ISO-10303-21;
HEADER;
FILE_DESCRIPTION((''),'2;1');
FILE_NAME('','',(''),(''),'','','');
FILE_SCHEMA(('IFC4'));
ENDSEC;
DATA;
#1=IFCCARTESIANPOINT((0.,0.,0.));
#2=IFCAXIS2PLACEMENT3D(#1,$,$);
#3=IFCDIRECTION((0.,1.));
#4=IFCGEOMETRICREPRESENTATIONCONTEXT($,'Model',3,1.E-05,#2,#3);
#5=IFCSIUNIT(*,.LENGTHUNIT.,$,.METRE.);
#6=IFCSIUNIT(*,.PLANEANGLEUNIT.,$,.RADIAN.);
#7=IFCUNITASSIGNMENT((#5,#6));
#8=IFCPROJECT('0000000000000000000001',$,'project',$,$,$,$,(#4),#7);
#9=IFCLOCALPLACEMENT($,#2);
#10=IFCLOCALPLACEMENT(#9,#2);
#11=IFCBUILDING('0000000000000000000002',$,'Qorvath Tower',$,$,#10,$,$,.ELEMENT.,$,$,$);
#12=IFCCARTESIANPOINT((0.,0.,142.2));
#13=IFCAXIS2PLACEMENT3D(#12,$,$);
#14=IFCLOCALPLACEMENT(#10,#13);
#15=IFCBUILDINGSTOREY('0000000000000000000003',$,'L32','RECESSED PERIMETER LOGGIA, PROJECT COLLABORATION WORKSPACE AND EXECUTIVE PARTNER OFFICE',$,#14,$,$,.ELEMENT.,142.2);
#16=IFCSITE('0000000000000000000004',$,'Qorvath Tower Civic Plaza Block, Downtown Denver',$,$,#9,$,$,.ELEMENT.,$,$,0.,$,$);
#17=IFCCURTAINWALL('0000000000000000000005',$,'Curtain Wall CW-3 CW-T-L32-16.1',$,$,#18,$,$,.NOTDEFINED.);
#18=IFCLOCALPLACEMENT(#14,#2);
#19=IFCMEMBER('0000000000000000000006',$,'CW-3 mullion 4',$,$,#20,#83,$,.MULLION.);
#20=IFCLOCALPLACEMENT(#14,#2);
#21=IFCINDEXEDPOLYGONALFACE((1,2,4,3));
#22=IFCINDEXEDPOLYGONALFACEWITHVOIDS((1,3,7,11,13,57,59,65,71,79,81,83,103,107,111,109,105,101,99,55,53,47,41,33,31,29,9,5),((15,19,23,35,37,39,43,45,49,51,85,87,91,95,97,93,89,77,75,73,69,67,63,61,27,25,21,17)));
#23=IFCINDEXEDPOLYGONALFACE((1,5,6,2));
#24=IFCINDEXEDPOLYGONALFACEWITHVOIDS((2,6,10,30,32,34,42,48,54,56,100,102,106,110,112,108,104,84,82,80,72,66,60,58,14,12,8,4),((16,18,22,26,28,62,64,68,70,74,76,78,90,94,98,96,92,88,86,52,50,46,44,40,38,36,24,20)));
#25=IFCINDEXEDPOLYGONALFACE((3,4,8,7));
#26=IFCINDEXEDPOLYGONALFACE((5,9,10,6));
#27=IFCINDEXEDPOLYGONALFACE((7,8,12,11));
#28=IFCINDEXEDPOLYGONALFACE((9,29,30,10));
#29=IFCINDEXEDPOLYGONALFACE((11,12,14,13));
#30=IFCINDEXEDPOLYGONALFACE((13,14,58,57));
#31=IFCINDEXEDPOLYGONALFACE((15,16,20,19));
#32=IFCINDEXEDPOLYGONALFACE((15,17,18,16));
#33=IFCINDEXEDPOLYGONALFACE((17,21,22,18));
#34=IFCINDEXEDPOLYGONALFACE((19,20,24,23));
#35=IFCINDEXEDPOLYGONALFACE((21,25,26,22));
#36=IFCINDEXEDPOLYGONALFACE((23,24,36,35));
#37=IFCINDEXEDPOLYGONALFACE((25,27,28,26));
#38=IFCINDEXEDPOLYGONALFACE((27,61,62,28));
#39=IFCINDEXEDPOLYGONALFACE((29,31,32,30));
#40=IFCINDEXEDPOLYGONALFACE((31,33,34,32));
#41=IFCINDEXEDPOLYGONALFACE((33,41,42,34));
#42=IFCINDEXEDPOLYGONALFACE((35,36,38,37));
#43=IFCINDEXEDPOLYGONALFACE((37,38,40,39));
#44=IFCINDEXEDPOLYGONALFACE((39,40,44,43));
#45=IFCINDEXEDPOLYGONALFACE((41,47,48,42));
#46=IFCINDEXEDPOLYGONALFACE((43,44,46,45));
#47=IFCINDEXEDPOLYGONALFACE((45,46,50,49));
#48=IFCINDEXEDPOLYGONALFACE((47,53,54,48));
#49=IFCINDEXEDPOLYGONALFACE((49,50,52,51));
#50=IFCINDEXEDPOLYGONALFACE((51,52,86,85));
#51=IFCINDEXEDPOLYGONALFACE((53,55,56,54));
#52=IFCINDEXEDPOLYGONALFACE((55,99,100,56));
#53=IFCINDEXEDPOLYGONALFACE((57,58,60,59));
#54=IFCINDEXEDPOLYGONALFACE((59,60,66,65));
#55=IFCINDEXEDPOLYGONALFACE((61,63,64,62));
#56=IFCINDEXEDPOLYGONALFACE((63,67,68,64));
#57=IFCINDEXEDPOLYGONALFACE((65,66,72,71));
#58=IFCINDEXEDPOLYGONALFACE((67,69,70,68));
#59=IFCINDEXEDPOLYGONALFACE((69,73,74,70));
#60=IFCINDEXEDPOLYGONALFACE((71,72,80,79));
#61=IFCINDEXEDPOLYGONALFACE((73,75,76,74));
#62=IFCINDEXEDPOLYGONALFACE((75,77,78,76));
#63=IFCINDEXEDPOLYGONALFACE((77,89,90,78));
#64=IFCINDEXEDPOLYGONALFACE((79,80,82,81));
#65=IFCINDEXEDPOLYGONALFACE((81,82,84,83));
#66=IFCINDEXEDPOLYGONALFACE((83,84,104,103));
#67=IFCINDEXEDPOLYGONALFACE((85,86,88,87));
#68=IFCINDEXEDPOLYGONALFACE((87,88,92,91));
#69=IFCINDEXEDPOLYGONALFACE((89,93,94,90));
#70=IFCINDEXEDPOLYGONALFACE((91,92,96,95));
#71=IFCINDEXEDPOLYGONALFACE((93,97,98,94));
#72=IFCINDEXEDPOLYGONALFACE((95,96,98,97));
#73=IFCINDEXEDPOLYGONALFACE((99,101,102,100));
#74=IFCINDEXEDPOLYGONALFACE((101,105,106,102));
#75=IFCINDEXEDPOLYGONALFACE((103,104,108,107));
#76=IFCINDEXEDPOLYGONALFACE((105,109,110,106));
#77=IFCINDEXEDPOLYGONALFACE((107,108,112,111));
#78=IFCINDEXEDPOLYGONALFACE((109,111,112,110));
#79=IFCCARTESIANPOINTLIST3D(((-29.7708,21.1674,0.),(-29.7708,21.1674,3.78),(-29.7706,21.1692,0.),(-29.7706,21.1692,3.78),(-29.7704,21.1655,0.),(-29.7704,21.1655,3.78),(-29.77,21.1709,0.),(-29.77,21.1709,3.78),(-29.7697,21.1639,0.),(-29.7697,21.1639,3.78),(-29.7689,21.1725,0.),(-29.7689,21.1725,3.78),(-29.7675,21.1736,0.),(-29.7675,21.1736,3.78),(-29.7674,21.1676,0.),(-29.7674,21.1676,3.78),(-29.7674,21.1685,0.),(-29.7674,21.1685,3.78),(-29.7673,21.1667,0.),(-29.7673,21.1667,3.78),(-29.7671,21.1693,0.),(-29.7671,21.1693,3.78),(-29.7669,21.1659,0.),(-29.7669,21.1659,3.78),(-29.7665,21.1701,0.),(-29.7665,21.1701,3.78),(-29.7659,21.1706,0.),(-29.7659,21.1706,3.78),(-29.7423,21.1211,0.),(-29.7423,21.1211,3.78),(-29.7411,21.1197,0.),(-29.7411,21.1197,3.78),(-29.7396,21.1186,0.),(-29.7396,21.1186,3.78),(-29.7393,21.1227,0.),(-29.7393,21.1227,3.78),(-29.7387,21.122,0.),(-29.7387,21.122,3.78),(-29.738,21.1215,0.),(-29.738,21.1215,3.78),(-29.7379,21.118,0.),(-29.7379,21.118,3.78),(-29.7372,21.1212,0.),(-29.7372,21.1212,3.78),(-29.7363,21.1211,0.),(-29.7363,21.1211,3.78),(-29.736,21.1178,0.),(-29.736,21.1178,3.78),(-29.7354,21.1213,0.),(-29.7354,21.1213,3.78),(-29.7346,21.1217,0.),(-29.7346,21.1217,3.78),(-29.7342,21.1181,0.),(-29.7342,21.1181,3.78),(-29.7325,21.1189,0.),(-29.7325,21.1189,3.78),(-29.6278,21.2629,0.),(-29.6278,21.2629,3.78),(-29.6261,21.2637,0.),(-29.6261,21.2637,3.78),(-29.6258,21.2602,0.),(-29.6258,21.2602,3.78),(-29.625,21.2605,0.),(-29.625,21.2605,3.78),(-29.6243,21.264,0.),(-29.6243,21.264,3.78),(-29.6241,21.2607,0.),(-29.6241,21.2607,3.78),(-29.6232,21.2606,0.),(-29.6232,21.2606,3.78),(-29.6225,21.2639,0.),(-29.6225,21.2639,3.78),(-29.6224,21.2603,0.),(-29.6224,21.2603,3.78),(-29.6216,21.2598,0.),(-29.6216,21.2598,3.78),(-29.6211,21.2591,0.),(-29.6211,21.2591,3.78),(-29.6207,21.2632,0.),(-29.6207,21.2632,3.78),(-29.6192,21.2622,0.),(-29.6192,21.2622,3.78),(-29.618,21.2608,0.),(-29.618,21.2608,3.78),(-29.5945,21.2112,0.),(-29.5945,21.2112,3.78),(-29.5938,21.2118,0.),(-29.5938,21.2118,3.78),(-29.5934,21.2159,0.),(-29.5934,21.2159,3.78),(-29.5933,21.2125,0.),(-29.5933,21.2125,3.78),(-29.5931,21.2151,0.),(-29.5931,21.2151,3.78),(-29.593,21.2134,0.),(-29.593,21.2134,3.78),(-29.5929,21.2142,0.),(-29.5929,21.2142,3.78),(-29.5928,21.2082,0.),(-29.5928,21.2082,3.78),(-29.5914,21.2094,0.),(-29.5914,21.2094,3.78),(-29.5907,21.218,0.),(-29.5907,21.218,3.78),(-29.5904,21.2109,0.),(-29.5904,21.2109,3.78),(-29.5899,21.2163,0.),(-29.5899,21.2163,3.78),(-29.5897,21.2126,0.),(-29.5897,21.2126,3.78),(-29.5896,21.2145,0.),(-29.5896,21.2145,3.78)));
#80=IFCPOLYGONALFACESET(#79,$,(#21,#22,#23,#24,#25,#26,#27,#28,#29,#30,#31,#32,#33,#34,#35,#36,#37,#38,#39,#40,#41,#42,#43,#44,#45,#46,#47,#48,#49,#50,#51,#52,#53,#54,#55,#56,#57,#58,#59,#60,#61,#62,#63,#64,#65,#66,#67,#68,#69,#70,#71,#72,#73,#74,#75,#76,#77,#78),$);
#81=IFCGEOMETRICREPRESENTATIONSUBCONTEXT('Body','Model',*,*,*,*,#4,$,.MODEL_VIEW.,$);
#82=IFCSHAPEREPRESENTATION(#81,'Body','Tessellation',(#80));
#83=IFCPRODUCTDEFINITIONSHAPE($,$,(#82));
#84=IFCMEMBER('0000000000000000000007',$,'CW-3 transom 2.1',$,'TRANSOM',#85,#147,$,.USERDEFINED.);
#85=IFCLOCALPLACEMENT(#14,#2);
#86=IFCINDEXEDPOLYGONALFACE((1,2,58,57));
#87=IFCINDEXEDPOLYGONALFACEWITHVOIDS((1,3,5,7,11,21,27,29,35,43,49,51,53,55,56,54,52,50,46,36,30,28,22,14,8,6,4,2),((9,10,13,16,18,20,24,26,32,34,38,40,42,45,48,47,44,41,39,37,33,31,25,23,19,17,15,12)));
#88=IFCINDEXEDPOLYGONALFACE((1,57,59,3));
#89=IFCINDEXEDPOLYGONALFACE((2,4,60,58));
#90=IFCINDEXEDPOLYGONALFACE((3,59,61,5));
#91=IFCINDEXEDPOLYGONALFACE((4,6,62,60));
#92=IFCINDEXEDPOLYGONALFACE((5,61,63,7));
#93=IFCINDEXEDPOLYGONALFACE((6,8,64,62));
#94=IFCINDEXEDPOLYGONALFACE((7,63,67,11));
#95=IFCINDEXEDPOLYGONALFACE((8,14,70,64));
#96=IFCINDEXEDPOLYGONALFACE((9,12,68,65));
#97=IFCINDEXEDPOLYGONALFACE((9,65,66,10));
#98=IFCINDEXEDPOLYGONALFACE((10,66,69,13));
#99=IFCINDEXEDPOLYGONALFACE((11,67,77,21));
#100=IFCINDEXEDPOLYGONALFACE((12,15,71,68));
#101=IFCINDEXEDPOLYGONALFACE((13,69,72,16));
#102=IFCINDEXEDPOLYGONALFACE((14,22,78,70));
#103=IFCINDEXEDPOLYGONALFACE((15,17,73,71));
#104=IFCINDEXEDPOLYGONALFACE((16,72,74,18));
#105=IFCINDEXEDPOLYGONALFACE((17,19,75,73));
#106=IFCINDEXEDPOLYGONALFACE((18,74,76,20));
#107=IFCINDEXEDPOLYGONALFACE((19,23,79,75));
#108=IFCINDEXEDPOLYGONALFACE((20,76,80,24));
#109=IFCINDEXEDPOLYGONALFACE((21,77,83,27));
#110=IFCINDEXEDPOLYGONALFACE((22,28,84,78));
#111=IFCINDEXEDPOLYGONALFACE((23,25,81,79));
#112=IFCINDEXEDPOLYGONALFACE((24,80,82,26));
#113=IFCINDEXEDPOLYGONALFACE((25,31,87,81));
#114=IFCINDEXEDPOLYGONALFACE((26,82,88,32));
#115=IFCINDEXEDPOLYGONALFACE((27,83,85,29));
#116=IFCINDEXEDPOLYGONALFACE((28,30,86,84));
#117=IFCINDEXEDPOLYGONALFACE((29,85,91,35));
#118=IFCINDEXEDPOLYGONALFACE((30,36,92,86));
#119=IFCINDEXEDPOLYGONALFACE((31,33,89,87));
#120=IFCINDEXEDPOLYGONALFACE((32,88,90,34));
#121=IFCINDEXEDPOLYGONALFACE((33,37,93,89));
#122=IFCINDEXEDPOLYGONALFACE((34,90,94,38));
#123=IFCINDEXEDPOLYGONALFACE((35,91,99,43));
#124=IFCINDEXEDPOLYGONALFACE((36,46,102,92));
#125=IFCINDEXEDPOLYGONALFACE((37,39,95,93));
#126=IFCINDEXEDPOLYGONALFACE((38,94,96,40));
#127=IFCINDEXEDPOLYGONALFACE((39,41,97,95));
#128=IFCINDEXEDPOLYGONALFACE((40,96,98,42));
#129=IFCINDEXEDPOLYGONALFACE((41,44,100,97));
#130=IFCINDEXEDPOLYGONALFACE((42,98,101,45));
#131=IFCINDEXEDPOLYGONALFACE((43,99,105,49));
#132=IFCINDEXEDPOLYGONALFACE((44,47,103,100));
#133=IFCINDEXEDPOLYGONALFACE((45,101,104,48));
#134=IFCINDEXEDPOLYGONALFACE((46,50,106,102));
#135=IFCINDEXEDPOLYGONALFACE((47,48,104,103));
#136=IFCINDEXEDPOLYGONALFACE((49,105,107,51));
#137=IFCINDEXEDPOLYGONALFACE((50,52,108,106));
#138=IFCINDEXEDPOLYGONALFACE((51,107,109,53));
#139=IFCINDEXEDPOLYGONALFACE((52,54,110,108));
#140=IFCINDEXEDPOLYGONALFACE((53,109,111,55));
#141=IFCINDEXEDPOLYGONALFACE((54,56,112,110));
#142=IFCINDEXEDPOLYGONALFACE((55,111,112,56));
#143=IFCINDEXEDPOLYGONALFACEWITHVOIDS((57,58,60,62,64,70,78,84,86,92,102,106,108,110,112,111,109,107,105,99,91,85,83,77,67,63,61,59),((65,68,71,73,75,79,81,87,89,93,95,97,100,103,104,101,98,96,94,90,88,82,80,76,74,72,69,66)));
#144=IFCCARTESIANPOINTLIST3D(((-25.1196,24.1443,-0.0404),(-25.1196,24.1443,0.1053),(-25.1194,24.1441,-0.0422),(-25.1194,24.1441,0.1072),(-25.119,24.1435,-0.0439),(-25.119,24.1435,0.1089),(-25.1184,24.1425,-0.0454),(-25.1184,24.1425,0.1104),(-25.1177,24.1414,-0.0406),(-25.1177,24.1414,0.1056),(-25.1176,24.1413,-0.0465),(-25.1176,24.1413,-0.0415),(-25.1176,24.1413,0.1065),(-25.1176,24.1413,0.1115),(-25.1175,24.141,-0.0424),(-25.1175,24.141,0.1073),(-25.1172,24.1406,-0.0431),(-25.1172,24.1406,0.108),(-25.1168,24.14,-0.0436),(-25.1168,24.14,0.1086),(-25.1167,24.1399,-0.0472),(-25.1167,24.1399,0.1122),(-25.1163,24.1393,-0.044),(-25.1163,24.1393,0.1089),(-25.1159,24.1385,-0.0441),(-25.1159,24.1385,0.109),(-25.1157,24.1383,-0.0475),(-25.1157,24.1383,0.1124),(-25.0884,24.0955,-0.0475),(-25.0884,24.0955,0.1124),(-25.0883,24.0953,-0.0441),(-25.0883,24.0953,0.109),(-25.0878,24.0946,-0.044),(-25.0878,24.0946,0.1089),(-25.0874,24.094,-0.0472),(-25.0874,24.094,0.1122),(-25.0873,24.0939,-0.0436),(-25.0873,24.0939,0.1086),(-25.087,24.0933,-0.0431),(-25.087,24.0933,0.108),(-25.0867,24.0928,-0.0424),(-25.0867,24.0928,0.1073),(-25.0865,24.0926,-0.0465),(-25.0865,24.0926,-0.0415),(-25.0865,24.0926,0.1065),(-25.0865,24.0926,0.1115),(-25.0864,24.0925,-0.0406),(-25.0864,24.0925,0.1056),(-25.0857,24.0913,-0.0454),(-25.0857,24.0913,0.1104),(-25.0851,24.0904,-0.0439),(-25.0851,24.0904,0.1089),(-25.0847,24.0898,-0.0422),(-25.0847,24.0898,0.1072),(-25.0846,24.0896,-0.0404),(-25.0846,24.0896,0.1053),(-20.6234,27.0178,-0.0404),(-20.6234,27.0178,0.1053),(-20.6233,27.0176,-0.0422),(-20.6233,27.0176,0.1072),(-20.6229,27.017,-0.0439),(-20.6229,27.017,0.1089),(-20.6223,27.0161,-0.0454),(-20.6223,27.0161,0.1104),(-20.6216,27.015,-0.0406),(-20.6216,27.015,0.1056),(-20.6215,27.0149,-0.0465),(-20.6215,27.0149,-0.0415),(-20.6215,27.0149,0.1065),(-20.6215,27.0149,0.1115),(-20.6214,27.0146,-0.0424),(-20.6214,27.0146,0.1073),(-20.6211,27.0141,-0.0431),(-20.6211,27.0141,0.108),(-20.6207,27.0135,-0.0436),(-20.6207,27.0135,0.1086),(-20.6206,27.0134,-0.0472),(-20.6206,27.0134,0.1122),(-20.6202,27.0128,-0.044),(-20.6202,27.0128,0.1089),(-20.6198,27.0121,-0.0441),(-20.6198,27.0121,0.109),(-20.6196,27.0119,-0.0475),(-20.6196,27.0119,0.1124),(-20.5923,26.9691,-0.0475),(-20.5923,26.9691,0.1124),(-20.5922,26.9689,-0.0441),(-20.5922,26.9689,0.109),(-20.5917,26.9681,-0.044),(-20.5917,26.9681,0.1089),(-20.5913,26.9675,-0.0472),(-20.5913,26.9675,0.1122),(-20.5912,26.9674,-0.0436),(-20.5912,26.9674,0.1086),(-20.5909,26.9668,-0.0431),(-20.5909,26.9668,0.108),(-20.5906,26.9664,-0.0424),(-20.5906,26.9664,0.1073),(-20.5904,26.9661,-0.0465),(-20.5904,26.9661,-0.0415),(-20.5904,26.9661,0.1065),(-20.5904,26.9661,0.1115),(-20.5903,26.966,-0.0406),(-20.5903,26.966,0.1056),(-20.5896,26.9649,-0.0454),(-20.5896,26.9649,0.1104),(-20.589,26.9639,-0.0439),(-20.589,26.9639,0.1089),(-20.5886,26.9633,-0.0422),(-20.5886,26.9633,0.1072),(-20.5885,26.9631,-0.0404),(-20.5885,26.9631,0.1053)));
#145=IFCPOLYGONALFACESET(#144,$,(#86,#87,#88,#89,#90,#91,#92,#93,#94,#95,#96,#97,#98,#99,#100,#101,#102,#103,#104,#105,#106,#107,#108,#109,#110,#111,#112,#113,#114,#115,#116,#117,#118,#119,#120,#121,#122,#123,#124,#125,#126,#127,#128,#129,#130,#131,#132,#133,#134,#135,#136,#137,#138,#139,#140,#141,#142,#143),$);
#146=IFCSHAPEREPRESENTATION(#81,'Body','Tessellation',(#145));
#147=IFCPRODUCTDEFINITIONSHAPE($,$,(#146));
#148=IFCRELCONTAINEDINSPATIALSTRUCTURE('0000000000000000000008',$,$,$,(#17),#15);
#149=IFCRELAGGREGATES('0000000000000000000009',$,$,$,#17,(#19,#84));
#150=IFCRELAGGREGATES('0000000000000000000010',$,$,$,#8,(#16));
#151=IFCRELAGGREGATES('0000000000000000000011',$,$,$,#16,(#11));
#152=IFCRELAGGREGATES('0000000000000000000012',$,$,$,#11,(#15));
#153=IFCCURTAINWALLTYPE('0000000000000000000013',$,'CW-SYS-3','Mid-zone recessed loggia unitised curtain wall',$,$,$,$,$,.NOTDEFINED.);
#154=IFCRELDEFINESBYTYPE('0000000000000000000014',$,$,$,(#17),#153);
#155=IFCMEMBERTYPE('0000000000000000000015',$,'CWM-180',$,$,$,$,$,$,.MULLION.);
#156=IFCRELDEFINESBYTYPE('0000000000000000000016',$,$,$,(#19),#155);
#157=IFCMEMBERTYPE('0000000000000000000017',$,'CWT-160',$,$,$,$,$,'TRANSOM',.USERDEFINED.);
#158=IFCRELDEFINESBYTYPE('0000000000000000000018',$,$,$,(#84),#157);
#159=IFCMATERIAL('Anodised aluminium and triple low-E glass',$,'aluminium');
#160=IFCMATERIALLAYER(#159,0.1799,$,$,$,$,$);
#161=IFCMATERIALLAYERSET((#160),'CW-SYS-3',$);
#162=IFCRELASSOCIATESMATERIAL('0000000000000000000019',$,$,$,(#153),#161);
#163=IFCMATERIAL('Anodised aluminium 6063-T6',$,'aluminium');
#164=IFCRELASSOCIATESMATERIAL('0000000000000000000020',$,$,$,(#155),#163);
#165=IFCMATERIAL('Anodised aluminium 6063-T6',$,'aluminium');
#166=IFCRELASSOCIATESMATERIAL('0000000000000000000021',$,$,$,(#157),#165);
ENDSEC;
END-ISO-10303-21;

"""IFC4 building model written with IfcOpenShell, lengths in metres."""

from ifc_helpers import new_model, si_unit, direction, frame, origin, origin_2d, place, context, subcontext, project, spatial, hollow_rectangle, extrude, material, layer, layer_set, material_profile, profile_set, type_object, element, aggregate, save


model = new_model("IFC4")

# Units and contexts
model_context = context("Model", 3, precision=1e-05, world=origin(), true_north=direction((0.0, 1.0)))
body_context = subcontext(model_context, "Body", "Model", "MODEL_VIEW")
ifc_project = project(units=[si_unit("LENGTHUNIT", "METRE"), si_unit("PLANEANGLEUNIT", "RADIAN")], contexts=[model_context])

# Site, building, storey
site_placement = place(None, origin())
site = spatial("IfcSite", under=ifc_project, at=site_placement, Name="Qorvath Tower Civic Plaza Block, Downtown Denver", CompositionType="ELEMENT", RefElevation=0.0)
building_placement = place(site_placement, origin())
building = spatial("IfcBuilding", under=site, at=building_placement, Name="Qorvath Tower", CompositionType="ELEMENT")
storey_placement = place(building_placement, frame((0.0, 0.0, 142.2)))
storey = spatial("IfcBuildingStorey", under=building, at=storey_placement, Name="L32", Description="RECESSED PERIMETER LOGGIA, PROJECT COLLABORATION WORKSPACE AND EXECUTIVE PARTNER OFFICE", CompositionType="ELEMENT", Elevation=142.2)

# Curtain wall, members
ifc_material_1 = material(Name="Anodised aluminium and triple low-E glass", Category="aluminium")
ifc_layer_1 = layer(ifc_material_1, 0.1799)
ifc_layer_set_1 = layer_set([ifc_layer_1], Name="CW-SYS-3")
curtain_wall_type = type_object("IfcCurtainWallType", Name="CW-SYS-3", Description="Mid-zone recessed loggia unitised curtain wall", PredefinedType="NOTDEFINED", material=ifc_layer_set_1)
curtain_wall_placement = place(storey_placement, origin())
curtain_wall = element("IfcCurtainWall", 1, at=curtain_wall_placement, inside=storey, type_object=curtain_wall_type, Name="Curtain Wall CW-3 CW-T-L32-16.1", PredefinedType="NOTDEFINED")
ifc_material_2 = material(Name="Anodised aluminium 6063-T6", Category="aluminium")
ifc_material_profile_1 = material_profile(ifc_material_2, hollow_rectangle(XDim=0.0649, YDim=0.1799, WallThickness=0.0034, InnerFilletRadius=0.0034, OuterFilletRadius=0.0071, at=origin_2d()), Name="CWM 180x65")
ifc_profile_set_1 = profile_set([ifc_material_profile_1], Name="Anodised aluminium 6063-T6")
member_type_1 = type_object("IfcMemberType", Name="CWM-180", PredefinedType="MULLION", material=ifc_profile_set_1)
member_1_placement = place(storey_placement, frame((-29.6802, 21.1909, 0.0), z_axis=(0.0, 0.0, 1.0), x_axis=(0.538533, -0.842604, 0.0)))
member_1 = element("IfcMember", 2, at=member_1_placement, type_object=member_type_1, Name="CW-3 mullion 4", PredefinedType="MULLION", context=body_context, shape_type="SweptSolid", body=[
    extrude(hollow_rectangle(XDim=0.0649, YDim=0.1799, WallThickness=0.0034, InnerFilletRadius=0.0034, OuterFilletRadius=0.0071, at=origin_2d()), origin(), (0.0, 0.0, 1.0), 3.78),
])
ifc_material_3 = material(Name="Anodised aluminium 6063-T6", Category="aluminium")
ifc_material_profile_2 = material_profile(ifc_material_3, hollow_rectangle(XDim=0.0649, YDim=0.1599, WallThickness=0.0034, InnerFilletRadius=0.0034, OuterFilletRadius=0.0071, at=origin_2d()), Name="CWT 160x65")
ifc_profile_set_2 = profile_set([ifc_material_profile_2], Name="Anodised aluminium 6063-T6")
member_type_2 = type_object("IfcMemberType", Name="CWT-160", ElementType="TRANSOM", PredefinedType="USERDEFINED", material=ifc_profile_set_2)
member_2_placement = place(storey_placement, frame((-20.606, 26.9905, 0.0325), z_axis=(-0.842609, -0.538526, 0.0), x_axis=(0.538526, -0.842609, 0.0)))
member_2 = element("IfcMember", 3, at=member_2_placement, type_object=member_type_2, Name="CW-3 transom 2.1", ObjectType="TRANSOM", PredefinedType="USERDEFINED", context=body_context, shape_type="SweptSolid", body=[
    extrude(hollow_rectangle(XDim=0.0649, YDim=0.1599, WallThickness=0.0034, InnerFilletRadius=0.0034, OuterFilletRadius=0.0071, at=origin_2d()), origin(), (0.0, 0.0, 1.0), 5.3359),
])
aggregate(curtain_wall, [member_1, member_2])

save(model, "model.ifc")
